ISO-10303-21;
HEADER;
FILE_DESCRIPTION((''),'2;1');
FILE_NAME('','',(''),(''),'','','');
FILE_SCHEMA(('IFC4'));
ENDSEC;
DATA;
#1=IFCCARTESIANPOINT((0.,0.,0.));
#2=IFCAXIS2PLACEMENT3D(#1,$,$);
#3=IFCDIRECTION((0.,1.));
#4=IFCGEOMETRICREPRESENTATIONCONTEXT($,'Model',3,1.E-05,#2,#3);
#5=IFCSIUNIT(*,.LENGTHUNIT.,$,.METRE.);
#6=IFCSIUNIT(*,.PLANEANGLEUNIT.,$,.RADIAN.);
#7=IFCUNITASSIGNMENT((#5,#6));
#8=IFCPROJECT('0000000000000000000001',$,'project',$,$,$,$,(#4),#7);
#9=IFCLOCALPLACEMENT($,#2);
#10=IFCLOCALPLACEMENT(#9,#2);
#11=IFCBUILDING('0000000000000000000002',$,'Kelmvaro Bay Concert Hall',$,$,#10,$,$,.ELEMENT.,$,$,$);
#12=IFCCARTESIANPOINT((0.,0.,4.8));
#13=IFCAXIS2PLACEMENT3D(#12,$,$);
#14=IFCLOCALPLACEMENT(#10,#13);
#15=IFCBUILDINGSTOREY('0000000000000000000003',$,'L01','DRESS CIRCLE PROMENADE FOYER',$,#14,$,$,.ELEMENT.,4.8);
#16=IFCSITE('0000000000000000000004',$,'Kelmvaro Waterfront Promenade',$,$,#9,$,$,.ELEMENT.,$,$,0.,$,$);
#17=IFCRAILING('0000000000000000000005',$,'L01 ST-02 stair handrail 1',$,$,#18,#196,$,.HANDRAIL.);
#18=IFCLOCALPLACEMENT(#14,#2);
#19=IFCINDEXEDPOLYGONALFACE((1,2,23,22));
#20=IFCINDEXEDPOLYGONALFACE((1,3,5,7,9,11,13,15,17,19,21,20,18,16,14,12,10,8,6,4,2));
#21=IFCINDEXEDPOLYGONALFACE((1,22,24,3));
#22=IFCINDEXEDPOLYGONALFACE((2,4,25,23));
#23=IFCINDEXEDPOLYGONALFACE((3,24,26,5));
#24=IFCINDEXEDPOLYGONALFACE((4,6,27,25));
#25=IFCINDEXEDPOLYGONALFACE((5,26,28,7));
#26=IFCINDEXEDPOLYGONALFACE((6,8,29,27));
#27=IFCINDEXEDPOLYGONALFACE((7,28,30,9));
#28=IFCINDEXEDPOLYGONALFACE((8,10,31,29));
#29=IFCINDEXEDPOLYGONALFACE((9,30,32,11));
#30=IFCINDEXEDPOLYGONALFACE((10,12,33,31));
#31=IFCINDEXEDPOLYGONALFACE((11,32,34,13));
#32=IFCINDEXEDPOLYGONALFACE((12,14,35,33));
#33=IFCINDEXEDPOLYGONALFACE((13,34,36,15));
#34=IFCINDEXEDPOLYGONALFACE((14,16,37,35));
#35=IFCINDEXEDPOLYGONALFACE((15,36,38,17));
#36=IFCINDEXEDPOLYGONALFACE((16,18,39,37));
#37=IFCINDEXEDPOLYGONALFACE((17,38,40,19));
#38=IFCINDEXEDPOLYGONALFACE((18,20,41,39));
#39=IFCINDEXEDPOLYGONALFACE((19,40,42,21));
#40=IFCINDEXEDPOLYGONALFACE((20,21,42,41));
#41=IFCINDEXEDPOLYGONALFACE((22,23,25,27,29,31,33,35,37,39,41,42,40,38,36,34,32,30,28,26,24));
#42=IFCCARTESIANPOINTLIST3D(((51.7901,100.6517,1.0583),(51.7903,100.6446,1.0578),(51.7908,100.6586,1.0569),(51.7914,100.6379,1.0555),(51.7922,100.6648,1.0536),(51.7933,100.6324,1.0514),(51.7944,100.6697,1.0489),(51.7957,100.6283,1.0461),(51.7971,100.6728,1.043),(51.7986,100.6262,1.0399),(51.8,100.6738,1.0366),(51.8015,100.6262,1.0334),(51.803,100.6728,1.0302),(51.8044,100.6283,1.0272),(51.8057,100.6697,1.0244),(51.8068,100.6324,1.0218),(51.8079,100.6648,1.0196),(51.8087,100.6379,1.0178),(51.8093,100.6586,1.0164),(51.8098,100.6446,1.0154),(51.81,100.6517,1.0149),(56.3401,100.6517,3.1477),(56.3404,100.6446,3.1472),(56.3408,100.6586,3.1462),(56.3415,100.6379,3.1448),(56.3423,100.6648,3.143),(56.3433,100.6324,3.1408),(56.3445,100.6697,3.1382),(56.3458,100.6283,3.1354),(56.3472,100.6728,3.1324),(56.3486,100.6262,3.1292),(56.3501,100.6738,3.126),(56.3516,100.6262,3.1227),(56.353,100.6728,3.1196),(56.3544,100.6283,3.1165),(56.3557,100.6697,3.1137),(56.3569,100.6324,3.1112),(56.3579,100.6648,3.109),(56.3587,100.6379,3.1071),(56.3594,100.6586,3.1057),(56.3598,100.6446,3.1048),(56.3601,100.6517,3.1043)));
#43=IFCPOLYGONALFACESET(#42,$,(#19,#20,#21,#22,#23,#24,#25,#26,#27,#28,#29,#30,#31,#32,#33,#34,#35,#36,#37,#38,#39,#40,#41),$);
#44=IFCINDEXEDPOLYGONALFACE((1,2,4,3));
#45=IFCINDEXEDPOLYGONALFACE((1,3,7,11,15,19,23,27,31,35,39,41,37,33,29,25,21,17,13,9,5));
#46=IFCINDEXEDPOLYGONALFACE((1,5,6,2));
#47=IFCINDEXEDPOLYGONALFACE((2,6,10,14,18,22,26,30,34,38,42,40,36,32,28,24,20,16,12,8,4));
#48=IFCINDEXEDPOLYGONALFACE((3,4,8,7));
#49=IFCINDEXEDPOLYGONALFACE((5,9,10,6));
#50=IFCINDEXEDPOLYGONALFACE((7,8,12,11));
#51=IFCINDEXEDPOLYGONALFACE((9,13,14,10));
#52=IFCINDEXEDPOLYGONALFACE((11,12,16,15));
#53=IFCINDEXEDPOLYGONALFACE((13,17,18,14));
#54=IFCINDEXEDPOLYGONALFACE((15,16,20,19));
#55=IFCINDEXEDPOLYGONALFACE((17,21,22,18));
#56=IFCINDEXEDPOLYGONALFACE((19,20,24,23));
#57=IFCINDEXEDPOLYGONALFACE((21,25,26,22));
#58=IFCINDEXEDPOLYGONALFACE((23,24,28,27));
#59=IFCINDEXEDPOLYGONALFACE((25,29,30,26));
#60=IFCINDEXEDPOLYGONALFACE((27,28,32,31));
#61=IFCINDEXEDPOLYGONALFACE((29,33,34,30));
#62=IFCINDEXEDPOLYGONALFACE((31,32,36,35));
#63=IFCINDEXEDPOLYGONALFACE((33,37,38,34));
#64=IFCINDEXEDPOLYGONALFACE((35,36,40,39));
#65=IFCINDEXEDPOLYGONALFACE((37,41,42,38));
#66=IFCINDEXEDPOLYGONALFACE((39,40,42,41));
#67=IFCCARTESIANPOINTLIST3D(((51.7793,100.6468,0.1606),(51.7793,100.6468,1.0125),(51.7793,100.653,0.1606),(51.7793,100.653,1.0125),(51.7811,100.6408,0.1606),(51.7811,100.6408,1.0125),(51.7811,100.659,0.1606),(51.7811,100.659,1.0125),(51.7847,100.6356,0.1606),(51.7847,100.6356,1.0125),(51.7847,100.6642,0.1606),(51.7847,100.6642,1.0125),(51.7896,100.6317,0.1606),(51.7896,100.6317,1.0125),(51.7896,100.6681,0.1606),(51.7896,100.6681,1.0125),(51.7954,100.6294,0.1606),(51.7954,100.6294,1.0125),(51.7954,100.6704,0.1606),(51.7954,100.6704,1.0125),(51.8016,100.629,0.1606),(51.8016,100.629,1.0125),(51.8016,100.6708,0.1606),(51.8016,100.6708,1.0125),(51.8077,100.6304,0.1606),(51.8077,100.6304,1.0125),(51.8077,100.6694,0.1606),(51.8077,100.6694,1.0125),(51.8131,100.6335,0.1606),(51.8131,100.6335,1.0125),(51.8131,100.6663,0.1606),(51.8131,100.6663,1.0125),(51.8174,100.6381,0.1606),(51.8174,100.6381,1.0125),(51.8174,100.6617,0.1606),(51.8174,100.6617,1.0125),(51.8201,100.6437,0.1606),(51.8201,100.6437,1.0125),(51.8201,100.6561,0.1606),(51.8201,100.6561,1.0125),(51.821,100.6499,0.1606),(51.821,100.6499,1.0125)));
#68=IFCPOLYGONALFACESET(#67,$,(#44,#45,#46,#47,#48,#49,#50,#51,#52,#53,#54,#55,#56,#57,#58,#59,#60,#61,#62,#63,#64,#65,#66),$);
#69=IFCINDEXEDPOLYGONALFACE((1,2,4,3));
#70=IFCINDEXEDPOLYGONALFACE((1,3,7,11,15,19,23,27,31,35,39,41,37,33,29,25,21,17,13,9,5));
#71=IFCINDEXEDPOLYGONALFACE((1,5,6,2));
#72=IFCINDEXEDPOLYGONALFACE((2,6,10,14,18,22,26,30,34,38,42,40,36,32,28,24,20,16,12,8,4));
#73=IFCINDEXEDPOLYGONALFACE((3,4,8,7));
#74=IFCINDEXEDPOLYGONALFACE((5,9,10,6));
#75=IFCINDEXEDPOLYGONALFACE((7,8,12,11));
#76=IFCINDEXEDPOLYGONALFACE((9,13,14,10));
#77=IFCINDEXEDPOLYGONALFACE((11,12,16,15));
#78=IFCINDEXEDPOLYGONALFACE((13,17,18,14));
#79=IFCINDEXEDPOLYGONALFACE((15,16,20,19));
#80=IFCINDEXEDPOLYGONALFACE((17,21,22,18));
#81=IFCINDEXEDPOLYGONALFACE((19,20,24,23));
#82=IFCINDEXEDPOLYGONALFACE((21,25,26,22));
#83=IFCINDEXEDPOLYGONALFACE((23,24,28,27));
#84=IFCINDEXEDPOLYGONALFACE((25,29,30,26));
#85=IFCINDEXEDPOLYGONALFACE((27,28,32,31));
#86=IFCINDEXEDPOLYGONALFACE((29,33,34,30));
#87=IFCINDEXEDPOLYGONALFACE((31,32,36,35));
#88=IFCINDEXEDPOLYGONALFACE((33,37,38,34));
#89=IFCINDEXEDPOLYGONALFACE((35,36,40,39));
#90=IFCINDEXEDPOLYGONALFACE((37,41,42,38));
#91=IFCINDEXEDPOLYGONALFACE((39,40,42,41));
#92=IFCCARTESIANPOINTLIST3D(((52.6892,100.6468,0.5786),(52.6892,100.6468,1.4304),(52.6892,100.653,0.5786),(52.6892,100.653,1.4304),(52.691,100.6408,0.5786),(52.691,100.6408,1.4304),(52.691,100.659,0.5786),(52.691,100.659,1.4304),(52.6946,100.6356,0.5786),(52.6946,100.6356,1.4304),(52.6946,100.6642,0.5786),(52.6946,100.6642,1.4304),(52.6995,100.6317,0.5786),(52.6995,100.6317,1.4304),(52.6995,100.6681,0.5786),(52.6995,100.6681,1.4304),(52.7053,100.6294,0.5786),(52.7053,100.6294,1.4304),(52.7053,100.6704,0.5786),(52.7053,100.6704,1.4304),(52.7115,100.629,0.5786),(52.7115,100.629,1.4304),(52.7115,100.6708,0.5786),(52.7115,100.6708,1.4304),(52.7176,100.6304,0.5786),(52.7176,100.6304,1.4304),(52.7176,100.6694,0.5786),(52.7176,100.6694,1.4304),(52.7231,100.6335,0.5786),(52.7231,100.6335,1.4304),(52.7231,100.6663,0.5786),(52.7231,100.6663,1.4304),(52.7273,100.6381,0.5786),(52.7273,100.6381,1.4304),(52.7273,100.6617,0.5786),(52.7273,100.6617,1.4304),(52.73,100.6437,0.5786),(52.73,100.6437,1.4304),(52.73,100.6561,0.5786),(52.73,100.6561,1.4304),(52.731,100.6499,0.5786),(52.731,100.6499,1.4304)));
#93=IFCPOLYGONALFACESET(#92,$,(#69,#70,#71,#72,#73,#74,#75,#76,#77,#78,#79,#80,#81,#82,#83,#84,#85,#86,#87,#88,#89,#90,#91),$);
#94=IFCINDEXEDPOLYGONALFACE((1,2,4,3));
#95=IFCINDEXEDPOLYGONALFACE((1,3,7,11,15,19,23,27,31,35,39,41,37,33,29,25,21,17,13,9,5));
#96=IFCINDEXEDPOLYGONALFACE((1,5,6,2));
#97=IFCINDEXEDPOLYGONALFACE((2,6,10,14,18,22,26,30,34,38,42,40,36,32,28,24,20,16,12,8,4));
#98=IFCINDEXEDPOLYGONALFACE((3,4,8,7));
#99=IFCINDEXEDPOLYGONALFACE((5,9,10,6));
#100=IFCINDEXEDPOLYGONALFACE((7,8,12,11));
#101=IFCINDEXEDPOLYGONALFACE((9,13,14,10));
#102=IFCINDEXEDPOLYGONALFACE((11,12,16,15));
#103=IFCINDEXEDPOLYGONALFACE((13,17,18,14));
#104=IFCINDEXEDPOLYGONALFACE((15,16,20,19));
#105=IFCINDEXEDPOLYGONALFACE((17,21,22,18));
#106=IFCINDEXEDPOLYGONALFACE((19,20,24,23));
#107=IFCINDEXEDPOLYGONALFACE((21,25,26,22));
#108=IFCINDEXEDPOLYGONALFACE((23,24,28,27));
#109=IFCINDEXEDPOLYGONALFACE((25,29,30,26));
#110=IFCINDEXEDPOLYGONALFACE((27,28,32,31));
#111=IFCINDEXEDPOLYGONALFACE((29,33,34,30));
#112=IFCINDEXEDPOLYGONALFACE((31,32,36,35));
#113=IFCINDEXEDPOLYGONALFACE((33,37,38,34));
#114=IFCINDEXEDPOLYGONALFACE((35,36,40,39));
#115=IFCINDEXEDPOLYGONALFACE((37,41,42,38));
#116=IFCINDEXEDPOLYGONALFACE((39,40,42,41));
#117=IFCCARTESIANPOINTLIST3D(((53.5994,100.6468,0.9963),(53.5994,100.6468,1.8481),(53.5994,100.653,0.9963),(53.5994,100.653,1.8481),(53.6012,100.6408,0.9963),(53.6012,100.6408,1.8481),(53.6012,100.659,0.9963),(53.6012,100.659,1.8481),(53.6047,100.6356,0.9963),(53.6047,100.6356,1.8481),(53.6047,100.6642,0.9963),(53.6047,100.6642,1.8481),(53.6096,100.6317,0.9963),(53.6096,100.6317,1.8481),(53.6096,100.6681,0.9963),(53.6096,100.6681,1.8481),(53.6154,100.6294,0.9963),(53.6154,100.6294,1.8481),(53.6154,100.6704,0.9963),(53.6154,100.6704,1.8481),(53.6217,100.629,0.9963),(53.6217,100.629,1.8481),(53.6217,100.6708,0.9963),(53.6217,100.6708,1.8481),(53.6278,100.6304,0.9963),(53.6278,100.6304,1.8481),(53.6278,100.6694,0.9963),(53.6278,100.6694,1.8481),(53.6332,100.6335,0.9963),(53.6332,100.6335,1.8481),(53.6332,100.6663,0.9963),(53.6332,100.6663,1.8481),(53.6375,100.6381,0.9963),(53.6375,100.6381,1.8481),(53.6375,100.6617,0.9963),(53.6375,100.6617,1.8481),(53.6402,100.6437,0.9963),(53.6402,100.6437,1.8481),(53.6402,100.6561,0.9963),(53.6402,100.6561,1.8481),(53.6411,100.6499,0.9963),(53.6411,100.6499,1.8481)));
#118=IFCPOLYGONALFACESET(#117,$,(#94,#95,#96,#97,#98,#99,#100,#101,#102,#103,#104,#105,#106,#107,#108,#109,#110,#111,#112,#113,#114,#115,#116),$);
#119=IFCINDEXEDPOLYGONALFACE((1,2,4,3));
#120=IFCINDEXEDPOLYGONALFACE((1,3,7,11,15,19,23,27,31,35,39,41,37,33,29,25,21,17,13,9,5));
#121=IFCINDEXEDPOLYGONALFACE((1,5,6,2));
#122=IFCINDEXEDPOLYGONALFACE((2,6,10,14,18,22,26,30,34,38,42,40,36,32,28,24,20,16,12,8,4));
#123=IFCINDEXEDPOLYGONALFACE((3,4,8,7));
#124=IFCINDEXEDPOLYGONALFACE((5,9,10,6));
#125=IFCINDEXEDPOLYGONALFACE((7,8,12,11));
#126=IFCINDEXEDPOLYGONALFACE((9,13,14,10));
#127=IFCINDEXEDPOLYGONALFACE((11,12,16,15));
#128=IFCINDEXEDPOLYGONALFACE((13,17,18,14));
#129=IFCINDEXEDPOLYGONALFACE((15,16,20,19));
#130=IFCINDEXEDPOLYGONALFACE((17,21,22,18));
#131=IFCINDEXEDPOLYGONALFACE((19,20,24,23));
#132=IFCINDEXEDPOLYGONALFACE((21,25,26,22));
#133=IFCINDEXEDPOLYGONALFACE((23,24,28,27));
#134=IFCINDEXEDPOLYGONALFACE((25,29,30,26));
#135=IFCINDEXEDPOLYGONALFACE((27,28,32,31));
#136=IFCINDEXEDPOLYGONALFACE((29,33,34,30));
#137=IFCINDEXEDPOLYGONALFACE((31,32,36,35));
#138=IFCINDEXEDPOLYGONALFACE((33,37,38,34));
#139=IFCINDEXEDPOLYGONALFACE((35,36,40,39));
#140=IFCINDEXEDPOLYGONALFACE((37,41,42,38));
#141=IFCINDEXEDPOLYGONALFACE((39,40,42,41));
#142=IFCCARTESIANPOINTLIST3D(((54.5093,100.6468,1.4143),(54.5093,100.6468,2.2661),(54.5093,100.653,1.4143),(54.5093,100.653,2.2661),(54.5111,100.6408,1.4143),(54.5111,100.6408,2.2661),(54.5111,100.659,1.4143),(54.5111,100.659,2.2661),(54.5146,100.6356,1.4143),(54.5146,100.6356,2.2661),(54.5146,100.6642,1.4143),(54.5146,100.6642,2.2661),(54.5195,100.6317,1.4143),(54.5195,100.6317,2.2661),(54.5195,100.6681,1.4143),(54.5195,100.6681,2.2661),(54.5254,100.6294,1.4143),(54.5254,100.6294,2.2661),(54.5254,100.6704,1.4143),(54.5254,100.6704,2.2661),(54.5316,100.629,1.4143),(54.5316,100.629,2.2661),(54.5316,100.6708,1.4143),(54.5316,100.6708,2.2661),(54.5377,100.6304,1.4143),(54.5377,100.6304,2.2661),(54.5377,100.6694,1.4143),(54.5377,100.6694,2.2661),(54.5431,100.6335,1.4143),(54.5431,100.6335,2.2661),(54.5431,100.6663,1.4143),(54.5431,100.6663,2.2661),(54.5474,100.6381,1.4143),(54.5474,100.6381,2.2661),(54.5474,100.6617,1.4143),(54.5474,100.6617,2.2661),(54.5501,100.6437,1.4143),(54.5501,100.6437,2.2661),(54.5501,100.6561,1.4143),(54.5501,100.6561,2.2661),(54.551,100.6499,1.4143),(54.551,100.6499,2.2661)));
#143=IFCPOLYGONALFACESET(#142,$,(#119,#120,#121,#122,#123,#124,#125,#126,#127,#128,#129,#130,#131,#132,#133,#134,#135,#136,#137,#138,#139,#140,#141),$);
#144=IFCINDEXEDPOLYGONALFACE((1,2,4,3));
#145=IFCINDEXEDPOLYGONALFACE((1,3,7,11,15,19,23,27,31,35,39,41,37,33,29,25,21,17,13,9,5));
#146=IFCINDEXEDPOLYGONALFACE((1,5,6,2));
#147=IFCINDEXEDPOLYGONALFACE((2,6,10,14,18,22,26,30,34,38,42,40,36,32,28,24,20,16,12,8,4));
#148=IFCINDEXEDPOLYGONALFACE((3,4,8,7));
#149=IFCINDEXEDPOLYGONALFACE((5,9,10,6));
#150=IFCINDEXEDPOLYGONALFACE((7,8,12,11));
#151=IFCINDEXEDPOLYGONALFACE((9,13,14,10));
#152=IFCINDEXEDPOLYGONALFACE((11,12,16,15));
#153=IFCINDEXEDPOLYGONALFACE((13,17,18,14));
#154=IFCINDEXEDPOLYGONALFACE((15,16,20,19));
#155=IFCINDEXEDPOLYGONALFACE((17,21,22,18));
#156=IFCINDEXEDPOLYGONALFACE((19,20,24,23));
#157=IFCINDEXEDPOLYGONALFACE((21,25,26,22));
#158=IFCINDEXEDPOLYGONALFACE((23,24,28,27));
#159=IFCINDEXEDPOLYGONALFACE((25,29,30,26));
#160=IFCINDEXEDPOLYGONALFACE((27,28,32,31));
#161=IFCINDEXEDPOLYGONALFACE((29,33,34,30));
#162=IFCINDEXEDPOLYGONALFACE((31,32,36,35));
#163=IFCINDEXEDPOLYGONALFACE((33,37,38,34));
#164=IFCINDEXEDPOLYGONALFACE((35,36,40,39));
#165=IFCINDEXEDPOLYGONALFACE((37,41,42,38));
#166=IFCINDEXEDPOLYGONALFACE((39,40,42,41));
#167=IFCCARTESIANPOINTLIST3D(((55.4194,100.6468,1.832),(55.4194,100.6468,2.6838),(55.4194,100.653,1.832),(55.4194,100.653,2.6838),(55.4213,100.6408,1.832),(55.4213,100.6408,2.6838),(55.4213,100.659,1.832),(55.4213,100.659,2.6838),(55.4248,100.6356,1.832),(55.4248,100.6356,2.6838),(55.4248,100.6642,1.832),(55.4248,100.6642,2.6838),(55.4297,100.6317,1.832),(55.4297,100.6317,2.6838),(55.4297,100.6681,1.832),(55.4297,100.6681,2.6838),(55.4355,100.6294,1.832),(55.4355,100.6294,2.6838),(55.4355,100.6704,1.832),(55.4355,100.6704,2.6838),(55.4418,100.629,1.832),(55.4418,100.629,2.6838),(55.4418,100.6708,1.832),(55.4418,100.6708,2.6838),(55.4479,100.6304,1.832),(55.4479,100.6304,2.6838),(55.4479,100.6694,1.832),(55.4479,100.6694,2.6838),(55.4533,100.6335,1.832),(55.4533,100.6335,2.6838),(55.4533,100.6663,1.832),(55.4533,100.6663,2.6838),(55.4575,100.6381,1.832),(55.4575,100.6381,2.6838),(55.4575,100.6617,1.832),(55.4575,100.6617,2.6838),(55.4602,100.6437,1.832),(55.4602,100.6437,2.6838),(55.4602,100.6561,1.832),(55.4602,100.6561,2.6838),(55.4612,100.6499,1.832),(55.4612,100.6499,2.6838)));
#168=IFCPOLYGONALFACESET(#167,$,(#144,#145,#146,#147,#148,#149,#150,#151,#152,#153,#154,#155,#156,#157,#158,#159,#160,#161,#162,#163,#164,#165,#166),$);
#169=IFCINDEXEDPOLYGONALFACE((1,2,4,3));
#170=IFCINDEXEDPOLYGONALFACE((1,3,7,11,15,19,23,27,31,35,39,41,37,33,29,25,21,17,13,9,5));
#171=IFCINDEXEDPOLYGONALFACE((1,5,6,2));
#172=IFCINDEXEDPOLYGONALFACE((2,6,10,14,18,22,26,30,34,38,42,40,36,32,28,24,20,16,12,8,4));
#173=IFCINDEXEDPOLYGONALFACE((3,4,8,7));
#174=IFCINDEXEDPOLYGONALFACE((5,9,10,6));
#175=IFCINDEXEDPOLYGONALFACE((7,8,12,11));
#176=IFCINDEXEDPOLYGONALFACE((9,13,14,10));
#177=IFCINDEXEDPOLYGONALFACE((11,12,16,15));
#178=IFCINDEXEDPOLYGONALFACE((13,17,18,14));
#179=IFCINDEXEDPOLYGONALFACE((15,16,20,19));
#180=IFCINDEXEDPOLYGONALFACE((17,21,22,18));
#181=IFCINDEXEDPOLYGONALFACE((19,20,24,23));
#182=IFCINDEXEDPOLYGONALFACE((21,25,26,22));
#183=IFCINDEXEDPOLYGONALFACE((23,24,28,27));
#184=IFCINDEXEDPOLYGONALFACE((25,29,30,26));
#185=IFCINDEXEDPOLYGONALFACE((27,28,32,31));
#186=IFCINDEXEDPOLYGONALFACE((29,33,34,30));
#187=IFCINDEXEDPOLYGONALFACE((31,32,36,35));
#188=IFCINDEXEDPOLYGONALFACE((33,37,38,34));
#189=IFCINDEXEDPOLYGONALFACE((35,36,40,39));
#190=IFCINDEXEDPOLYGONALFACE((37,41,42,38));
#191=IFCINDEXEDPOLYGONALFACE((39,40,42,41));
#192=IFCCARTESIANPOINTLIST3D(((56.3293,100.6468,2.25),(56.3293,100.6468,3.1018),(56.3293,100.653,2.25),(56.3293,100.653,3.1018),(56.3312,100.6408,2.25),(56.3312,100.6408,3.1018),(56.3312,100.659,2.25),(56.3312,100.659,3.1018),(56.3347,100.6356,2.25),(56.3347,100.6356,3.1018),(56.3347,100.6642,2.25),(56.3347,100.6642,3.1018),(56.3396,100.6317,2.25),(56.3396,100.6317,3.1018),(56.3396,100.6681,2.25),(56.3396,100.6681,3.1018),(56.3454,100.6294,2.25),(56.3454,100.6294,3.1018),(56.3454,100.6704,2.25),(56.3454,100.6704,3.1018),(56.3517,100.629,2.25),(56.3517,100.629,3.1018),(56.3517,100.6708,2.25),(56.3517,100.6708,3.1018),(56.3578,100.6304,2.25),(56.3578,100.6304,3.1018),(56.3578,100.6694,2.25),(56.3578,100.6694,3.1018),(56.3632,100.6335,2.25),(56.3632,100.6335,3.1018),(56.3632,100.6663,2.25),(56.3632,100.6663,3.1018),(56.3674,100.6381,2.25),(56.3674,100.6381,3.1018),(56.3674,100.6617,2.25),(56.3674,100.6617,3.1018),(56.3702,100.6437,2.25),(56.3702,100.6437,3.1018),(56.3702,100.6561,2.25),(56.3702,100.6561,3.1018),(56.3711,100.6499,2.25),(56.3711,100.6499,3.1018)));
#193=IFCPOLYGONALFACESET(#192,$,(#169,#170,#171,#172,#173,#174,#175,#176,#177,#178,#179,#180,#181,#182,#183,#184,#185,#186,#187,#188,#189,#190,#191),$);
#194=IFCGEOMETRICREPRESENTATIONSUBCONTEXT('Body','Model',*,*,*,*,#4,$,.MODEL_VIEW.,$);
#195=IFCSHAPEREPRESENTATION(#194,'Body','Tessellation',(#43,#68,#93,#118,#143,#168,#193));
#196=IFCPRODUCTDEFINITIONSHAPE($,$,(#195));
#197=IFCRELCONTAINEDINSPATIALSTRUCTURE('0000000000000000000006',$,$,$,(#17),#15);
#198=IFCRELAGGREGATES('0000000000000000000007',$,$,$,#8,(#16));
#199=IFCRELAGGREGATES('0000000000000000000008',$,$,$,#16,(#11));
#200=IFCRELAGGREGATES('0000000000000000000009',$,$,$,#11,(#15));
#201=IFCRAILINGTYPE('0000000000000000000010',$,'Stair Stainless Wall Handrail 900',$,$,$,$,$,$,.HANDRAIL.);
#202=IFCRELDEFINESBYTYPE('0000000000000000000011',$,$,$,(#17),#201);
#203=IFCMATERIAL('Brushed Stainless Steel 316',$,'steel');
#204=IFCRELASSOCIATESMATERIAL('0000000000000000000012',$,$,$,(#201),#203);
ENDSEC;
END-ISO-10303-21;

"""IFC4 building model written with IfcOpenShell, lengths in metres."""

from ifc_helpers import new_model, si_unit, direction, frame, origin, origin_2d, place, context, subcontext, project, spatial, circle, extrude, material, type_object, element, save


model = new_model("IFC4")

# Units and contexts
model_context = context("Model", 3, precision=1e-05, world=origin(), true_north=direction((0.0, 1.0)))
body_context = subcontext(model_context, "Body", "Model", "MODEL_VIEW")
ifc_project = project(units=[si_unit("LENGTHUNIT", "METRE"), si_unit("PLANEANGLEUNIT", "RADIAN")], contexts=[model_context])

# Site, building, storey
site_placement = place(None, origin())
site = spatial("IfcSite", under=ifc_project, at=site_placement, Name="Kelmvaro Waterfront Promenade", CompositionType="ELEMENT", RefElevation=0.0)
building_placement = place(site_placement, origin())
building = spatial("IfcBuilding", under=site, at=building_placement, Name="Kelmvaro Bay Concert Hall", CompositionType="ELEMENT")
storey_placement = place(building_placement, frame((0.0, 0.0, 4.8)))
storey = spatial("IfcBuildingStorey", under=building, at=storey_placement, Name="L01", Description="DRESS CIRCLE PROMENADE FOYER", CompositionType="ELEMENT", Elevation=4.8)

# Railing
ifc_material_1 = material(Name="Brushed Stainless Steel 316", Category="steel")
railing_type_1 = type_object("IfcRailingType", Name="Stair Stainless Wall Handrail 900", PredefinedType="HANDRAIL", material=ifc_material_1)
railing_1_placement = place(storey_placement, frame((51.8, 100.6499, 0.1606)))
element("IfcRailing", 1, at=railing_1_placement, inside=storey, type_object=railing_type_1, Name="L01 ST-02 stair handrail 1", PredefinedType="HANDRAIL", context=body_context, shape_type="SweptSolid", body=[
    extrude(circle(Radius=0.0239, at=origin_2d()), frame((0.0, 0.0, 0.876), z_axis=(0.908768, 0.0, 0.417301), x_axis=(0.0, 1.0, 0.0)), (0.0, 0.0, 1.0), 5.0068),
    extrude(circle(Radius=0.021, at=origin_2d()), origin(), (0.0, 0.0, 1.0), 0.8518),
    extrude(circle(Radius=0.021, at=origin_2d()), frame((0.9099, 0.0, 0.418)), (0.0, 0.0, 1.0), 0.8518),
    extrude(circle(Radius=0.021, at=origin_2d()), frame((1.8201, 0.0, 0.8357)), (0.0, 0.0, 1.0), 0.8518),
    extrude(circle(Radius=0.021, at=origin_2d()), frame((2.73, 0.0, 1.2537)), (0.0, 0.0, 1.0), 0.8518),
    extrude(circle(Radius=0.021, at=origin_2d()), frame((3.6401, 0.0, 1.6714)), (0.0, 0.0, 1.0), 0.8518),
    extrude(circle(Radius=0.021, at=origin_2d()), frame((4.55, 0.0, 2.0894)), (0.0, 0.0, 1.0), 0.8518),
])

save(model, "model.ifc")
